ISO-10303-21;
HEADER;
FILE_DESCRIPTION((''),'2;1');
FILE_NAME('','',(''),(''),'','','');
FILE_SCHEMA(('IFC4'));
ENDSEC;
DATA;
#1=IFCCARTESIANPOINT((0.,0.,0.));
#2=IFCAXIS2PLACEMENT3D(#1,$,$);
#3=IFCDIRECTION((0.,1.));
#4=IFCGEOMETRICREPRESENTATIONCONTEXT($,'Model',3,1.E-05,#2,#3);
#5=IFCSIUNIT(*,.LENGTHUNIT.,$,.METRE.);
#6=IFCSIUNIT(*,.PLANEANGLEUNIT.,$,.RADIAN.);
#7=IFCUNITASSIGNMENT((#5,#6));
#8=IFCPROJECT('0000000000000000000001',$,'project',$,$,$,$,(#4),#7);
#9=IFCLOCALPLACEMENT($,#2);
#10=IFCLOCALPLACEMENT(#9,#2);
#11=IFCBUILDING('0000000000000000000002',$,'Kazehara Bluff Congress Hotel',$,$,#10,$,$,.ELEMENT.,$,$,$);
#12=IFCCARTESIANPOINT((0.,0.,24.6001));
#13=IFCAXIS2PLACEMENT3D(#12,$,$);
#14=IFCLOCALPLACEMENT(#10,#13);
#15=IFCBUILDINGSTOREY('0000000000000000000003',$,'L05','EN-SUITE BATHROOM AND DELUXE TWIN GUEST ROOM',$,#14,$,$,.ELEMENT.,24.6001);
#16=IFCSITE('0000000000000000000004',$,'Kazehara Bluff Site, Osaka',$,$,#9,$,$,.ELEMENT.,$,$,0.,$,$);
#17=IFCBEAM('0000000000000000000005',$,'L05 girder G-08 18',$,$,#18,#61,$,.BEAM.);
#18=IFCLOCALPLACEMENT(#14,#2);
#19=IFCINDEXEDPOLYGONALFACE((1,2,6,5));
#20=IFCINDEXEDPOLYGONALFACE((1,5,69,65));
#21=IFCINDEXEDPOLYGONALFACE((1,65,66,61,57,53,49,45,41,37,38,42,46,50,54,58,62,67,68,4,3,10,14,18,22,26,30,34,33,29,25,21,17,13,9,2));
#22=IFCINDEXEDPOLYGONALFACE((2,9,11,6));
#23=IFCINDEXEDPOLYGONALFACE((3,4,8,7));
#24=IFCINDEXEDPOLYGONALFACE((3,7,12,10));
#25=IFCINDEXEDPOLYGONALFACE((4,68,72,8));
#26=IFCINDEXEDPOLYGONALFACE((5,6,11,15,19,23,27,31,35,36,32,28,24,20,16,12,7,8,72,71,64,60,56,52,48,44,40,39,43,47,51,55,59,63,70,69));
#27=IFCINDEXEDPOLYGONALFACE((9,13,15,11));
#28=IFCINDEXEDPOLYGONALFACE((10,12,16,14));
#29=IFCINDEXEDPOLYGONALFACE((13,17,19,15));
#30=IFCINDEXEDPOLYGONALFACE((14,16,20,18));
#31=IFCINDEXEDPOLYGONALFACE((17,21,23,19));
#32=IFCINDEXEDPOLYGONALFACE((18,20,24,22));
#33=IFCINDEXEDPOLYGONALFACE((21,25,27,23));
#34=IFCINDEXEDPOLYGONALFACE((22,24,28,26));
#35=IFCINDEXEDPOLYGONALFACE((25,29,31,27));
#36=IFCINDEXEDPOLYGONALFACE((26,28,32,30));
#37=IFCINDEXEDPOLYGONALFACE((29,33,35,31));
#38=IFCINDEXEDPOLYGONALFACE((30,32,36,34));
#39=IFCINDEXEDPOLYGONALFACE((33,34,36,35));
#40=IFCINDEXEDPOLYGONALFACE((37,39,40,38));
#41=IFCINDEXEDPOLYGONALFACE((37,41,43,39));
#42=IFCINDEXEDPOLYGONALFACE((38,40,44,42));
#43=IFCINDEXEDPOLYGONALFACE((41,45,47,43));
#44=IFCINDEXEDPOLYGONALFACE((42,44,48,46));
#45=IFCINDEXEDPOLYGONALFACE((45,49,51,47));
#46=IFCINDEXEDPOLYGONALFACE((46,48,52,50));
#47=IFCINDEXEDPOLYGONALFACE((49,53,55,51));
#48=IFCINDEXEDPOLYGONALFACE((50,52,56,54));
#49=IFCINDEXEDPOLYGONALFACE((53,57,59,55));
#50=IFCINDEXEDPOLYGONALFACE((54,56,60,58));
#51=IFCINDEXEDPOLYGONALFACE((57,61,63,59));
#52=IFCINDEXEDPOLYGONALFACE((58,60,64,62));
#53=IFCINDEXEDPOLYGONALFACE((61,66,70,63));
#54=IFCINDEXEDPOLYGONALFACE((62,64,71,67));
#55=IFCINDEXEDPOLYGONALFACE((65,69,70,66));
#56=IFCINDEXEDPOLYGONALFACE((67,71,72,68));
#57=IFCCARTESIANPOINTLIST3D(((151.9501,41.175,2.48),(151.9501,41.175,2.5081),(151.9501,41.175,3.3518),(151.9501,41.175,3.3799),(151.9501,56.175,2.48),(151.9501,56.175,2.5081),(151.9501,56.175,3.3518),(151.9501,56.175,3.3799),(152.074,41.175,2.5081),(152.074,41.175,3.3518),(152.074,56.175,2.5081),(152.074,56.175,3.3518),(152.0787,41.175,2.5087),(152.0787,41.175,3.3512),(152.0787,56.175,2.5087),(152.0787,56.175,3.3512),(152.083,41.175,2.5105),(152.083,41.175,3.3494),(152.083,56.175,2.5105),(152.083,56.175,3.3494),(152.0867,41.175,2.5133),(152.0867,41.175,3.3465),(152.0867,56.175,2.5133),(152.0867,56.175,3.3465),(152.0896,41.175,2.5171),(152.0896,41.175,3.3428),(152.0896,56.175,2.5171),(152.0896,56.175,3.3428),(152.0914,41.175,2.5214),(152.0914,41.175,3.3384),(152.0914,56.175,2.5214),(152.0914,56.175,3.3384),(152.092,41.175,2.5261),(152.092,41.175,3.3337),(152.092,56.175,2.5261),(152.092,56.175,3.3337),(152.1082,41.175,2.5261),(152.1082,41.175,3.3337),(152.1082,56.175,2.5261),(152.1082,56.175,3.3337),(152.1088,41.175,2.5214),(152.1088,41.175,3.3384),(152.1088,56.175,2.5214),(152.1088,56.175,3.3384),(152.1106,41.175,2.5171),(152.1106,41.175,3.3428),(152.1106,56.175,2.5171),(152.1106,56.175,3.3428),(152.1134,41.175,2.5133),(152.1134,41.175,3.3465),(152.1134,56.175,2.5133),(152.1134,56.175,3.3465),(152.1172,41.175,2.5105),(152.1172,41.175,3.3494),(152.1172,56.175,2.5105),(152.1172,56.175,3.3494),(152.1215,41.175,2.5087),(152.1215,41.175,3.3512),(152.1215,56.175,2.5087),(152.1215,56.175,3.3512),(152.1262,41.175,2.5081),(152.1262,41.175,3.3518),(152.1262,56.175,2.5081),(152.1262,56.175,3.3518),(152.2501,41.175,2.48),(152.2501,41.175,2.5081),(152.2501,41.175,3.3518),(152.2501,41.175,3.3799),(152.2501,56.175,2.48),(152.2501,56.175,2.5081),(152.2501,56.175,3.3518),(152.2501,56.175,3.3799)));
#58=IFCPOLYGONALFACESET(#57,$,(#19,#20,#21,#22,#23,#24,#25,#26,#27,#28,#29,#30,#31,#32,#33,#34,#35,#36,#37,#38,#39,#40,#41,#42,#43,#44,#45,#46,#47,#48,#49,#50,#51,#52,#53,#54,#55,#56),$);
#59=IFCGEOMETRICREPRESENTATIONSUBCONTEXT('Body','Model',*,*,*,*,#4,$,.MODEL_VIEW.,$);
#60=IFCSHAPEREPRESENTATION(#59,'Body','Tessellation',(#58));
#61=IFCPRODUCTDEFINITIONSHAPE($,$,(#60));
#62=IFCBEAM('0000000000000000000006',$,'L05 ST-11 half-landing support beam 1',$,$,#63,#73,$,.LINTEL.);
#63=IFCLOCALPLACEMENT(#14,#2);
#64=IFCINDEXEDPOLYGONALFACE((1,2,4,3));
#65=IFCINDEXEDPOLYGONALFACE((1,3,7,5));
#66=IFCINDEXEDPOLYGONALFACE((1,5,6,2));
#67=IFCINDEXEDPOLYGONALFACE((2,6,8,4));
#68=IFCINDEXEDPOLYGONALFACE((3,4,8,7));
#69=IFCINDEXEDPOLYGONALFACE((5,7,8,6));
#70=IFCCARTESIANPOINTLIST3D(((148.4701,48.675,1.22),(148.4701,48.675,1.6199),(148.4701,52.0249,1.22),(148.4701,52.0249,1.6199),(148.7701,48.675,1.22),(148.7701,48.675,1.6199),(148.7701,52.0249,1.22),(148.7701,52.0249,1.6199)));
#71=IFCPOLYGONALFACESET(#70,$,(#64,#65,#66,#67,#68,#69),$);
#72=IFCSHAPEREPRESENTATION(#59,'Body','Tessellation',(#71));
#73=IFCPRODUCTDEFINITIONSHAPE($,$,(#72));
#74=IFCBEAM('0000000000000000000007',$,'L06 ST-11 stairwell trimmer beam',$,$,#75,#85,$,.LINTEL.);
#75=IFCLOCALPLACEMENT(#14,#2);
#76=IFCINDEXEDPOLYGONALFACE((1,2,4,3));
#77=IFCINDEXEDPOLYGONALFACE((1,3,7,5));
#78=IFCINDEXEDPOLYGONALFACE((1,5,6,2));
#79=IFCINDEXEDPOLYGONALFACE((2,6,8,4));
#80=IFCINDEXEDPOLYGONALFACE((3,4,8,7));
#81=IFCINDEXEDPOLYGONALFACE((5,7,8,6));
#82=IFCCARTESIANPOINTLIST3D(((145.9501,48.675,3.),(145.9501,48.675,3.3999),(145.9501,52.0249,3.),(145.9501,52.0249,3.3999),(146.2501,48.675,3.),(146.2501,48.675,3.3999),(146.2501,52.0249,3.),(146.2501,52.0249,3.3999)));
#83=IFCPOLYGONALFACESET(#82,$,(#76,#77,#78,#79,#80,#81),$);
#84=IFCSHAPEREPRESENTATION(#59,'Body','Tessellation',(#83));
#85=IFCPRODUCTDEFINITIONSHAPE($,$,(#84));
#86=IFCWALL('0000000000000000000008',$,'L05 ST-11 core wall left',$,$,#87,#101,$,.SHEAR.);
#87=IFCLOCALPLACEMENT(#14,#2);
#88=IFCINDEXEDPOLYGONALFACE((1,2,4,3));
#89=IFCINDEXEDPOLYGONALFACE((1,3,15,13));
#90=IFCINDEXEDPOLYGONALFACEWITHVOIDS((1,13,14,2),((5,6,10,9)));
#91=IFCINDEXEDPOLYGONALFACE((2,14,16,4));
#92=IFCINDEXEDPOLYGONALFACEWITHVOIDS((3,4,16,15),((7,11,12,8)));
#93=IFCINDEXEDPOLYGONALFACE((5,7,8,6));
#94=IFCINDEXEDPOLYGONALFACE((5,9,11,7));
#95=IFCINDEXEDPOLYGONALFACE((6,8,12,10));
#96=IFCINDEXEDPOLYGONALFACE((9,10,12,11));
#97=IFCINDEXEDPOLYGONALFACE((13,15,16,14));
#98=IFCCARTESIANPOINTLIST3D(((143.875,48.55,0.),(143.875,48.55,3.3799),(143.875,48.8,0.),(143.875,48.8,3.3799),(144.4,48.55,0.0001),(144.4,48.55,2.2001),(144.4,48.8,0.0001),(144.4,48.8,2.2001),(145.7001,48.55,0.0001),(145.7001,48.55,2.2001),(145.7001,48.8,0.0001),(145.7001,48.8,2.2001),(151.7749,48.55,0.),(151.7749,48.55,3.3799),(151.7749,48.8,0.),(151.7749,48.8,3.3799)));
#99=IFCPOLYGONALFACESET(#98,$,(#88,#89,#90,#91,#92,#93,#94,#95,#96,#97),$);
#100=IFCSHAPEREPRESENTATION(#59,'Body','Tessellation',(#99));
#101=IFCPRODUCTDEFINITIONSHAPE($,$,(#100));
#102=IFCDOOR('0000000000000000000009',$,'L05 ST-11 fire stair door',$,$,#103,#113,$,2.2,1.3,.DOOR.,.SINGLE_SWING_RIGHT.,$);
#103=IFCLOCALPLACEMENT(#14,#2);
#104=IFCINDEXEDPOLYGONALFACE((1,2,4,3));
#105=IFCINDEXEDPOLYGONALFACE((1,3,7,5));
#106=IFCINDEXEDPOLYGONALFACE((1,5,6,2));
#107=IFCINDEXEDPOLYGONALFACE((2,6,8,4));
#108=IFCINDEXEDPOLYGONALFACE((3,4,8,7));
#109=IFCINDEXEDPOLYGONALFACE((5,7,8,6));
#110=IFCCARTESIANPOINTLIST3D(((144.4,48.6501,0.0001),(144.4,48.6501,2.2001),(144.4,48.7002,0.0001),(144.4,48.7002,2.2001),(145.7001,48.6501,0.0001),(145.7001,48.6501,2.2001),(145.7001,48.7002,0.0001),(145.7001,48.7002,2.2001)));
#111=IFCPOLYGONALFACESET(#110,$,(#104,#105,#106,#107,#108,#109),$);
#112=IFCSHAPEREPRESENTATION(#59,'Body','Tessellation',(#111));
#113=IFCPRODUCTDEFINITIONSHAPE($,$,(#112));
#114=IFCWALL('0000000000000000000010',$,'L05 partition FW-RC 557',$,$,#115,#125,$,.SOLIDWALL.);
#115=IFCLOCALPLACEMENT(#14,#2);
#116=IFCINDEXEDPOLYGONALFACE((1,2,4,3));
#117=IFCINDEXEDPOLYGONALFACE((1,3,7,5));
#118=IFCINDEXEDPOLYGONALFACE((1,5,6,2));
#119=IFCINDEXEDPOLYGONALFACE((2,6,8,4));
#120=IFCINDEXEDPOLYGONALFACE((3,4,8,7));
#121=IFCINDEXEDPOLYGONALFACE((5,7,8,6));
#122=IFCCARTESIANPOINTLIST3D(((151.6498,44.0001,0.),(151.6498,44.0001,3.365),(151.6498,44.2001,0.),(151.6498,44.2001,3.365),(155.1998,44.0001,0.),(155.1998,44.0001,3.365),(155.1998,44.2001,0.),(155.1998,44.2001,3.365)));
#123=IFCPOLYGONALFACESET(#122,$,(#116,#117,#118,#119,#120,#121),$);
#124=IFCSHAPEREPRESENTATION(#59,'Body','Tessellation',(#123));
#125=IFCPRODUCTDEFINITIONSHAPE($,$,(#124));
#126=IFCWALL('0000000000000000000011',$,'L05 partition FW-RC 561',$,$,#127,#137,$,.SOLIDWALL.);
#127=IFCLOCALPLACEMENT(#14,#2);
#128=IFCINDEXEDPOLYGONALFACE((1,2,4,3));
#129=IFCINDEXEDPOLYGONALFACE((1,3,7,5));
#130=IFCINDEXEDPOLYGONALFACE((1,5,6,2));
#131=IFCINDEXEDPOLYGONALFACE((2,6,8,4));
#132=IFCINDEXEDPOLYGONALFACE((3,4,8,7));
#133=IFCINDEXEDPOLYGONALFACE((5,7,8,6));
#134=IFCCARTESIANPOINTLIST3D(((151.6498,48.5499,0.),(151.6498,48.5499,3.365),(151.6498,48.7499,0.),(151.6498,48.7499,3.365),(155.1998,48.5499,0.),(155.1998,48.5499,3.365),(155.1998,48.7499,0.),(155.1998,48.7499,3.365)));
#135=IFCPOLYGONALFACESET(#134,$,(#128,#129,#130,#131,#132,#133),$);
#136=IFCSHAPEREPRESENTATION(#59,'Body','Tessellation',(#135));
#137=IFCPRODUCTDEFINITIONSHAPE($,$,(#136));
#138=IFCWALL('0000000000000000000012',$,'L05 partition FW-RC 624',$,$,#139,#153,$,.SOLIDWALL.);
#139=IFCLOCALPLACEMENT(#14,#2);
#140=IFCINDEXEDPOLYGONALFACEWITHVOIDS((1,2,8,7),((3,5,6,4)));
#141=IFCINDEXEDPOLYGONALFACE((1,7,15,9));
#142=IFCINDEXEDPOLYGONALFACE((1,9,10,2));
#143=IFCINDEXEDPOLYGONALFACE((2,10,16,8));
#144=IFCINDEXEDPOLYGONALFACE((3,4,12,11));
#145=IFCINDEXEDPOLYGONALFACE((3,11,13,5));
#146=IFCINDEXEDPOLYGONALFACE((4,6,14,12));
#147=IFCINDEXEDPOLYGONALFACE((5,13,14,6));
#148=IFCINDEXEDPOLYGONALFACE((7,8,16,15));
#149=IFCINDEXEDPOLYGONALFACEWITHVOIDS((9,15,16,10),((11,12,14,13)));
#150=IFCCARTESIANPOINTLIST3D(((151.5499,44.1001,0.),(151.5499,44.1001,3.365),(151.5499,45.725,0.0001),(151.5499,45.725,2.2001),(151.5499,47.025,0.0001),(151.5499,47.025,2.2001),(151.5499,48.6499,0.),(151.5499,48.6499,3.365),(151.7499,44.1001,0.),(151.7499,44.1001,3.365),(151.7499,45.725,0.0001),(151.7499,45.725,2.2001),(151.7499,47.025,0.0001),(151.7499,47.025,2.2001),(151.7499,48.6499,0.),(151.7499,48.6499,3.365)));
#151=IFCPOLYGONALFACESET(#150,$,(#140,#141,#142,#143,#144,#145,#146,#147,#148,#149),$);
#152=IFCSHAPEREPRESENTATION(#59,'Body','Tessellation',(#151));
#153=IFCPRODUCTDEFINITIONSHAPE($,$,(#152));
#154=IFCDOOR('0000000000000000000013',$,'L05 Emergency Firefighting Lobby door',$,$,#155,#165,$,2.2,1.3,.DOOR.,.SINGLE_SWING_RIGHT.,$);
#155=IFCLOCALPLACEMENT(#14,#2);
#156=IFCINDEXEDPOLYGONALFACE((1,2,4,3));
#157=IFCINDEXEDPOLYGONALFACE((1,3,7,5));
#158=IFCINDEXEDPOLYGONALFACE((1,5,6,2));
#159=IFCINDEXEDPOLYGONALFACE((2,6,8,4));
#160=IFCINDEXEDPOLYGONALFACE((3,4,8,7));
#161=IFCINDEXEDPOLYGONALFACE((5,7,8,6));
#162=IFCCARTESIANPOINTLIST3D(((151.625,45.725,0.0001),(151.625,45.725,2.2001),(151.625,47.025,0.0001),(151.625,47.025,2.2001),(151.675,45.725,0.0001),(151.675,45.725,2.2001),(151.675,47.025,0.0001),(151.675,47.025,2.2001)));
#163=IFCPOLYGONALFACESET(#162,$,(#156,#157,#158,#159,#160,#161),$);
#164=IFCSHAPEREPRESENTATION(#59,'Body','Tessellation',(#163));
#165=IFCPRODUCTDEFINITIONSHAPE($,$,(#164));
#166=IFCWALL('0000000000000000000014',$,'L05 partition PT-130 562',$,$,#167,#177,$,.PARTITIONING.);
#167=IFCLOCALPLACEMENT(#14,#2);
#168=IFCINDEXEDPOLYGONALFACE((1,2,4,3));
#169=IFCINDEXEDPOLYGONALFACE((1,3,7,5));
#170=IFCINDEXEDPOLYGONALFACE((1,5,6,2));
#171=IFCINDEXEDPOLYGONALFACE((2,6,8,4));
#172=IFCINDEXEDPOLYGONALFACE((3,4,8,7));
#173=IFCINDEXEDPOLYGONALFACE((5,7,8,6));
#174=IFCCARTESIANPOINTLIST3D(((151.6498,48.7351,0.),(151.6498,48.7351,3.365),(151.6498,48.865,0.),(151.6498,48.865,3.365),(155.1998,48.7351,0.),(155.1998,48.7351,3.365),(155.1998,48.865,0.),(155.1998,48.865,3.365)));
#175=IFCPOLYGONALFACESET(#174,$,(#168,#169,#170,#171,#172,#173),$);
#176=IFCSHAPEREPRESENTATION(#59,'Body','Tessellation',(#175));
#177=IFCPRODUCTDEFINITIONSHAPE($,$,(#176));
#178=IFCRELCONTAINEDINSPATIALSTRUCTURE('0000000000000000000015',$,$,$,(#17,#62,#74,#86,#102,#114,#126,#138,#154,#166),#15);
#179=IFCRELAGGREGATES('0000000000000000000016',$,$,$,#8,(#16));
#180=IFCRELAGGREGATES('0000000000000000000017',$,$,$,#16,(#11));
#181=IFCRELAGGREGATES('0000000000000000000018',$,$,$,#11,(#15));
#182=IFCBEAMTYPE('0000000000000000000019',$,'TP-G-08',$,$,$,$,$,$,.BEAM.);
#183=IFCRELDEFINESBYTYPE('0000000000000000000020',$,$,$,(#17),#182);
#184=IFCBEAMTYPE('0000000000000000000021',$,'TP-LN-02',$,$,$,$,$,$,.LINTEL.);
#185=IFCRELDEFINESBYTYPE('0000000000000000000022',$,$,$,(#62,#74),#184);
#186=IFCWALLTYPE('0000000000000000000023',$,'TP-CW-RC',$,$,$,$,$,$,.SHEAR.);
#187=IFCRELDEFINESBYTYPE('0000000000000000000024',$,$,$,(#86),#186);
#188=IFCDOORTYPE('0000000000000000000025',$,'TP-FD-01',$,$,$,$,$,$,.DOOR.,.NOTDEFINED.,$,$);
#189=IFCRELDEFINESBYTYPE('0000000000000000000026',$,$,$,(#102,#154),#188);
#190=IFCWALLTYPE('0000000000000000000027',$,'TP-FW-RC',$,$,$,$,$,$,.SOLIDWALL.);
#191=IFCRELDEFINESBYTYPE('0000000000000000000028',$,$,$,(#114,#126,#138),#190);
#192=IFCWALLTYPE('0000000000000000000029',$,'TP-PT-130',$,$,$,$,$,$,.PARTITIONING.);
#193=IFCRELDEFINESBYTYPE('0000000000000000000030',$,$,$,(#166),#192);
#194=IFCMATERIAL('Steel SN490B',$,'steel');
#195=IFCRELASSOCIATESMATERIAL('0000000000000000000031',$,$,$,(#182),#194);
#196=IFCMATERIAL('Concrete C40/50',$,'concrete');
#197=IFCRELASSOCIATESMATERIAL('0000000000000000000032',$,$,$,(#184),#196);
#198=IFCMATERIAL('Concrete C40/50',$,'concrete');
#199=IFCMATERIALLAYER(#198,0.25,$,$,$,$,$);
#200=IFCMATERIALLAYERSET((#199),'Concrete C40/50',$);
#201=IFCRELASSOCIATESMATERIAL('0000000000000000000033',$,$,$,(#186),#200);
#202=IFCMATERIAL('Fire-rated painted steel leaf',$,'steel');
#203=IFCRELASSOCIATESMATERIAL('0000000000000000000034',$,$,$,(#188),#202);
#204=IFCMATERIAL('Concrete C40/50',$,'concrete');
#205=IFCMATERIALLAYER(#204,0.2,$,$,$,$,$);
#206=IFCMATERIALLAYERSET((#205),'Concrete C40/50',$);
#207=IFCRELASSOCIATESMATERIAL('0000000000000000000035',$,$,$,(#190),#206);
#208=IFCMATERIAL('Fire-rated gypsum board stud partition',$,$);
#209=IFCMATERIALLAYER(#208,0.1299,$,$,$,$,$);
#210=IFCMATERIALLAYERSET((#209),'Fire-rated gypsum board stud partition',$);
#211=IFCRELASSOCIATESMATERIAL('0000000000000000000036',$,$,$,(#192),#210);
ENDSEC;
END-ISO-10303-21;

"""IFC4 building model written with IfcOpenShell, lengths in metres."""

from ifc_helpers import new_model, si_unit, direction, frame, frame_2d, origin, origin_2d, place, context, subcontext, project, spatial, rectangle, i_section, extrude, material, layer, layer_set, material_profile, profile_set, type_object, element, fill, save


model = new_model("IFC4")

# Units and contexts
model_context = context("Model", 3, precision=1e-05, world=origin(), true_north=direction((0.0, 1.0)))
body_context = subcontext(model_context, "Body", "Model", "MODEL_VIEW")
ifc_project = project(units=[si_unit("LENGTHUNIT", "METRE"), si_unit("PLANEANGLEUNIT", "RADIAN")], contexts=[model_context])

# Site, building, storey
site_placement = place(None, origin())
site = spatial("IfcSite", under=ifc_project, at=site_placement, Name="Kazehara Bluff Site, Osaka", CompositionType="ELEMENT", RefElevation=0.0)
building_placement = place(site_placement, origin())
building = spatial("IfcBuilding", under=site, at=building_placement, Name="Kazehara Bluff Congress Hotel", CompositionType="ELEMENT")
storey_placement = place(building_placement, frame((0.0, 0.0, 24.6001)))
storey = spatial("IfcBuildingStorey", under=building, at=storey_placement, Name="L05", Description="EN-SUITE BATHROOM AND DELUXE TWIN GUEST ROOM", CompositionType="ELEMENT", Elevation=24.6001)

# Beams
ifc_material_1 = material(Name="Steel SN490B", Category="steel")
ifc_material_profile_1 = material_profile(ifc_material_1, i_section(OverallWidth=0.3, OverallDepth=0.8999, WebThickness=0.0161, FlangeThickness=0.0281, FilletRadius=0.0181, at=origin_2d()))
ifc_profile_set_1 = profile_set([ifc_material_profile_1], Name="Steel SN490B")
beam_type_1 = type_object("IfcBeamType", Name="TP-G-08", PredefinedType="BEAM", material=ifc_profile_set_1)
beam_placement = place(storey_placement, frame((152.1001, 41.175, 2.9299), z_axis=(0.0, 1.0, 0.0), x_axis=(-1.0, 0.0, 0.0)))
element("IfcBeam", 1, at=beam_placement, inside=storey, type_object=beam_type_1, Name="L05 girder G-08 18", PredefinedType="BEAM", context=body_context, shape_type="SweptSolid", body=[
    extrude(i_section(OverallWidth=0.3, OverallDepth=0.8999, WebThickness=0.0161, FlangeThickness=0.0281, FilletRadius=0.0181, at=origin_2d()), origin(), (0.0, 0.0, 1.0), 15.0),
])
ifc_material_2 = material(Name="Concrete C40/50", Category="concrete")
ifc_material_profile_2 = material_profile(ifc_material_2, rectangle(XDim=0.3, YDim=0.3999, at=origin_2d()))
ifc_profile_set_2 = profile_set([ifc_material_profile_2], Name="Concrete C40/50")
beam_type_2 = type_object("IfcBeamType", Name="TP-LN-02", PredefinedType="LINTEL", material=ifc_profile_set_2)
for number, where, z_axis, x_axis, name in (
    (2, (148.6201, 48.675, 1.4199), (0.0, 1.0, 0.0), (-1.0, 0.0, 0.0), "L05 ST-11 half-landing support beam 1"),
    (3, (146.1001, 48.675, 3.2), (0.0, 1.0, 0.0), (-1.0, 0.0, 0.0), "L06 ST-11 stairwell trimmer beam"),
):
    element("IfcBeam", number, at=place(storey_placement, frame(where, z_axis=z_axis, x_axis=x_axis)), inside=storey, type_object=beam_type_2, Name=name, PredefinedType="LINTEL", context=body_context, shape_type="SweptSolid", body=[
        extrude(rectangle(XDim=0.3, YDim=0.3999, at=origin_2d()), origin(), (0.0, 0.0, 1.0), 3.3499),
    ])

# Wall, opening, door
ifc_material_3 = material(Name="Concrete C40/50", Category="concrete")
ifc_layer_1 = layer(ifc_material_3, 0.25)
ifc_layer_set_1 = layer_set([ifc_layer_1], Name="Concrete C40/50")
wall_type_1 = type_object("IfcWallType", Name="TP-CW-RC", PredefinedType="SHEAR", material=ifc_layer_set_1)
wall_1_placement = place(storey_placement, frame((151.7749, 48.675, 0.0), z_axis=(0.0, 0.0, 1.0), x_axis=(-1.0, 0.0, 0.0)))
wall_1 = element("IfcWall", 4, at=wall_1_placement, inside=storey, type_object=wall_type_1, Name="L05 ST-11 core wall left", PredefinedType="SHEAR", context=body_context, shape_type="SweptSolid", body=[
    extrude(rectangle(XDim=7.8999, YDim=0.25, at=frame_2d((3.95, 0.0))), origin(), (0.0, 0.0, 1.0), 3.3799),
])
opening_1_placement = place(wall_1_placement, frame((6.075, 0.0, 0.0)))
opening_1 = element("IfcOpeningElement", 5, at=opening_1_placement, cuts=wall_1, PredefinedType="OPENING", context=body_context, shape_type="SweptSolid", body=[
    extrude(rectangle(XDim=1.3, YDim=2.2, at=frame_2d((0.6499, 1.1001))), frame((0.0, 0.135, 0.0), z_axis=(0.0, -1.0, 0.0), x_axis=(1.0, 0.0, 0.0)), (0.0, 0.0, 1.0), 0.27),
])
ifc_material_4 = material(Name="Fire-rated painted steel leaf", Category="steel")
door_type_1 = type_object("IfcDoorType", Name="TP-FD-01", OperationType="NOTDEFINED", PredefinedType="DOOR", material=ifc_material_4)
door_1_placement = place(opening_1_placement, origin())
door_1 = element("IfcDoor", 6, at=door_1_placement, inside=storey, type_object=door_type_1, Name="L05 ST-11 fire stair door", OperationType="SINGLE_SWING_RIGHT", OverallHeight=2.2, OverallWidth=1.3, PredefinedType="DOOR", context=body_context, shape_type="SweptSolid", body=[
    extrude(rectangle(XDim=1.3, YDim=2.2, at=frame_2d((0.6499, 1.1001))), frame((0.0, 0.0249, 0.0), z_axis=(0.0, -1.0, 0.0), x_axis=(1.0, 0.0, 0.0)), (0.0, 0.0, 1.0), 0.05),
])
fill(opening_1, door_1)

# Walls
ifc_material_5 = material(Name="Concrete C40/50", Category="concrete")
ifc_layer_2 = layer(ifc_material_5, 0.2)
ifc_layer_set_2 = layer_set([ifc_layer_2], Name="Concrete C40/50")
wall_type_2 = type_object("IfcWallType", Name="TP-FW-RC", PredefinedType="SOLIDWALL", material=ifc_layer_set_2)
for number, where, z_axis, x_axis, name in (
    (7, (151.6499, 44.1001, 0.0), (0.0, 0.0, 1.0), (1.0, 0.0, 0.0), "L05 partition FW-RC 557"),
    (8, (151.6499, 48.6499, 0.0), (0.0, 0.0, 1.0), (1.0, 0.0, 0.0), "L05 partition FW-RC 561"),
):
    element("IfcWall", number, at=place(storey_placement, frame(where, z_axis=z_axis, x_axis=x_axis)), inside=storey, type_object=wall_type_2, Name=name, PredefinedType="SOLIDWALL", context=body_context, shape_type="SweptSolid", body=[
        extrude(rectangle(XDim=3.55, YDim=0.2, at=frame_2d((1.7749, 0.0))), origin(), (0.0, 0.0, 1.0), 3.365),
    ])

# Wall, opening, door
wall_2_placement = place(storey_placement, frame((151.6499, 44.1001, 0.0), z_axis=(0.0, 0.0, 1.0), x_axis=(0.0, 1.0, 0.0)))
wall_2 = element("IfcWall", 9, at=wall_2_placement, inside=storey, type_object=wall_type_2, Name="L05 partition FW-RC 624", PredefinedType="SOLIDWALL", context=body_context, shape_type="SweptSolid", body=[
    extrude(rectangle(XDim=4.5498, YDim=0.2, at=frame_2d((2.2749, 0.0))), origin(), (0.0, 0.0, 1.0), 3.365),
])
opening_2_placement = place(wall_2_placement, frame((1.625, 0.0, 0.0)))
opening_2 = element("IfcOpeningElement", 10, at=opening_2_placement, cuts=wall_2, PredefinedType="OPENING", context=body_context, shape_type="SweptSolid", body=[
    extrude(rectangle(XDim=1.3, YDim=2.2, at=frame_2d((0.6499, 1.1001))), frame((0.0, 0.1099, 0.0), z_axis=(0.0, -1.0, 0.0), x_axis=(1.0, 0.0, 0.0)), (0.0, 0.0, 1.0), 0.22),
])
door_2_placement = place(opening_2_placement, origin())
door_2 = element("IfcDoor", 11, at=door_2_placement, inside=storey, type_object=door_type_1, Name="L05 Emergency Firefighting Lobby door", OperationType="SINGLE_SWING_RIGHT", OverallHeight=2.2, OverallWidth=1.3, PredefinedType="DOOR", context=body_context, shape_type="SweptSolid", body=[
    extrude(rectangle(XDim=1.3, YDim=2.2, at=frame_2d((0.6499, 1.1001))), frame((0.0, 0.0249, 0.0), z_axis=(0.0, -1.0, 0.0), x_axis=(1.0, 0.0, 0.0)), (0.0, 0.0, 1.0), 0.05),
])
fill(opening_2, door_2)

# Wall
ifc_material_6 = material(Name="Fire-rated gypsum board stud partition")
ifc_layer_3 = layer(ifc_material_6, 0.1299)
ifc_layer_set_3 = layer_set([ifc_layer_3], Name="Fire-rated gypsum board stud partition")
wall_type_3 = type_object("IfcWallType", Name="TP-PT-130", PredefinedType="PARTITIONING", material=ifc_layer_set_3)
wall_3_placement = place(storey_placement, frame((151.6499, 48.8, 0.0), z_axis=(0.0, 0.0, 1.0), x_axis=(1.0, 0.0, 0.0)))
element("IfcWall", 12, at=wall_3_placement, inside=storey, type_object=wall_type_3, Name="L05 partition PT-130 562", PredefinedType="PARTITIONING", context=body_context, shape_type="SweptSolid", body=[
    extrude(rectangle(XDim=3.55, YDim=0.1299, at=frame_2d((1.7749, 0.0))), origin(), (0.0, 0.0, 1.0), 3.365),
])

save(model, "model.ifc")
